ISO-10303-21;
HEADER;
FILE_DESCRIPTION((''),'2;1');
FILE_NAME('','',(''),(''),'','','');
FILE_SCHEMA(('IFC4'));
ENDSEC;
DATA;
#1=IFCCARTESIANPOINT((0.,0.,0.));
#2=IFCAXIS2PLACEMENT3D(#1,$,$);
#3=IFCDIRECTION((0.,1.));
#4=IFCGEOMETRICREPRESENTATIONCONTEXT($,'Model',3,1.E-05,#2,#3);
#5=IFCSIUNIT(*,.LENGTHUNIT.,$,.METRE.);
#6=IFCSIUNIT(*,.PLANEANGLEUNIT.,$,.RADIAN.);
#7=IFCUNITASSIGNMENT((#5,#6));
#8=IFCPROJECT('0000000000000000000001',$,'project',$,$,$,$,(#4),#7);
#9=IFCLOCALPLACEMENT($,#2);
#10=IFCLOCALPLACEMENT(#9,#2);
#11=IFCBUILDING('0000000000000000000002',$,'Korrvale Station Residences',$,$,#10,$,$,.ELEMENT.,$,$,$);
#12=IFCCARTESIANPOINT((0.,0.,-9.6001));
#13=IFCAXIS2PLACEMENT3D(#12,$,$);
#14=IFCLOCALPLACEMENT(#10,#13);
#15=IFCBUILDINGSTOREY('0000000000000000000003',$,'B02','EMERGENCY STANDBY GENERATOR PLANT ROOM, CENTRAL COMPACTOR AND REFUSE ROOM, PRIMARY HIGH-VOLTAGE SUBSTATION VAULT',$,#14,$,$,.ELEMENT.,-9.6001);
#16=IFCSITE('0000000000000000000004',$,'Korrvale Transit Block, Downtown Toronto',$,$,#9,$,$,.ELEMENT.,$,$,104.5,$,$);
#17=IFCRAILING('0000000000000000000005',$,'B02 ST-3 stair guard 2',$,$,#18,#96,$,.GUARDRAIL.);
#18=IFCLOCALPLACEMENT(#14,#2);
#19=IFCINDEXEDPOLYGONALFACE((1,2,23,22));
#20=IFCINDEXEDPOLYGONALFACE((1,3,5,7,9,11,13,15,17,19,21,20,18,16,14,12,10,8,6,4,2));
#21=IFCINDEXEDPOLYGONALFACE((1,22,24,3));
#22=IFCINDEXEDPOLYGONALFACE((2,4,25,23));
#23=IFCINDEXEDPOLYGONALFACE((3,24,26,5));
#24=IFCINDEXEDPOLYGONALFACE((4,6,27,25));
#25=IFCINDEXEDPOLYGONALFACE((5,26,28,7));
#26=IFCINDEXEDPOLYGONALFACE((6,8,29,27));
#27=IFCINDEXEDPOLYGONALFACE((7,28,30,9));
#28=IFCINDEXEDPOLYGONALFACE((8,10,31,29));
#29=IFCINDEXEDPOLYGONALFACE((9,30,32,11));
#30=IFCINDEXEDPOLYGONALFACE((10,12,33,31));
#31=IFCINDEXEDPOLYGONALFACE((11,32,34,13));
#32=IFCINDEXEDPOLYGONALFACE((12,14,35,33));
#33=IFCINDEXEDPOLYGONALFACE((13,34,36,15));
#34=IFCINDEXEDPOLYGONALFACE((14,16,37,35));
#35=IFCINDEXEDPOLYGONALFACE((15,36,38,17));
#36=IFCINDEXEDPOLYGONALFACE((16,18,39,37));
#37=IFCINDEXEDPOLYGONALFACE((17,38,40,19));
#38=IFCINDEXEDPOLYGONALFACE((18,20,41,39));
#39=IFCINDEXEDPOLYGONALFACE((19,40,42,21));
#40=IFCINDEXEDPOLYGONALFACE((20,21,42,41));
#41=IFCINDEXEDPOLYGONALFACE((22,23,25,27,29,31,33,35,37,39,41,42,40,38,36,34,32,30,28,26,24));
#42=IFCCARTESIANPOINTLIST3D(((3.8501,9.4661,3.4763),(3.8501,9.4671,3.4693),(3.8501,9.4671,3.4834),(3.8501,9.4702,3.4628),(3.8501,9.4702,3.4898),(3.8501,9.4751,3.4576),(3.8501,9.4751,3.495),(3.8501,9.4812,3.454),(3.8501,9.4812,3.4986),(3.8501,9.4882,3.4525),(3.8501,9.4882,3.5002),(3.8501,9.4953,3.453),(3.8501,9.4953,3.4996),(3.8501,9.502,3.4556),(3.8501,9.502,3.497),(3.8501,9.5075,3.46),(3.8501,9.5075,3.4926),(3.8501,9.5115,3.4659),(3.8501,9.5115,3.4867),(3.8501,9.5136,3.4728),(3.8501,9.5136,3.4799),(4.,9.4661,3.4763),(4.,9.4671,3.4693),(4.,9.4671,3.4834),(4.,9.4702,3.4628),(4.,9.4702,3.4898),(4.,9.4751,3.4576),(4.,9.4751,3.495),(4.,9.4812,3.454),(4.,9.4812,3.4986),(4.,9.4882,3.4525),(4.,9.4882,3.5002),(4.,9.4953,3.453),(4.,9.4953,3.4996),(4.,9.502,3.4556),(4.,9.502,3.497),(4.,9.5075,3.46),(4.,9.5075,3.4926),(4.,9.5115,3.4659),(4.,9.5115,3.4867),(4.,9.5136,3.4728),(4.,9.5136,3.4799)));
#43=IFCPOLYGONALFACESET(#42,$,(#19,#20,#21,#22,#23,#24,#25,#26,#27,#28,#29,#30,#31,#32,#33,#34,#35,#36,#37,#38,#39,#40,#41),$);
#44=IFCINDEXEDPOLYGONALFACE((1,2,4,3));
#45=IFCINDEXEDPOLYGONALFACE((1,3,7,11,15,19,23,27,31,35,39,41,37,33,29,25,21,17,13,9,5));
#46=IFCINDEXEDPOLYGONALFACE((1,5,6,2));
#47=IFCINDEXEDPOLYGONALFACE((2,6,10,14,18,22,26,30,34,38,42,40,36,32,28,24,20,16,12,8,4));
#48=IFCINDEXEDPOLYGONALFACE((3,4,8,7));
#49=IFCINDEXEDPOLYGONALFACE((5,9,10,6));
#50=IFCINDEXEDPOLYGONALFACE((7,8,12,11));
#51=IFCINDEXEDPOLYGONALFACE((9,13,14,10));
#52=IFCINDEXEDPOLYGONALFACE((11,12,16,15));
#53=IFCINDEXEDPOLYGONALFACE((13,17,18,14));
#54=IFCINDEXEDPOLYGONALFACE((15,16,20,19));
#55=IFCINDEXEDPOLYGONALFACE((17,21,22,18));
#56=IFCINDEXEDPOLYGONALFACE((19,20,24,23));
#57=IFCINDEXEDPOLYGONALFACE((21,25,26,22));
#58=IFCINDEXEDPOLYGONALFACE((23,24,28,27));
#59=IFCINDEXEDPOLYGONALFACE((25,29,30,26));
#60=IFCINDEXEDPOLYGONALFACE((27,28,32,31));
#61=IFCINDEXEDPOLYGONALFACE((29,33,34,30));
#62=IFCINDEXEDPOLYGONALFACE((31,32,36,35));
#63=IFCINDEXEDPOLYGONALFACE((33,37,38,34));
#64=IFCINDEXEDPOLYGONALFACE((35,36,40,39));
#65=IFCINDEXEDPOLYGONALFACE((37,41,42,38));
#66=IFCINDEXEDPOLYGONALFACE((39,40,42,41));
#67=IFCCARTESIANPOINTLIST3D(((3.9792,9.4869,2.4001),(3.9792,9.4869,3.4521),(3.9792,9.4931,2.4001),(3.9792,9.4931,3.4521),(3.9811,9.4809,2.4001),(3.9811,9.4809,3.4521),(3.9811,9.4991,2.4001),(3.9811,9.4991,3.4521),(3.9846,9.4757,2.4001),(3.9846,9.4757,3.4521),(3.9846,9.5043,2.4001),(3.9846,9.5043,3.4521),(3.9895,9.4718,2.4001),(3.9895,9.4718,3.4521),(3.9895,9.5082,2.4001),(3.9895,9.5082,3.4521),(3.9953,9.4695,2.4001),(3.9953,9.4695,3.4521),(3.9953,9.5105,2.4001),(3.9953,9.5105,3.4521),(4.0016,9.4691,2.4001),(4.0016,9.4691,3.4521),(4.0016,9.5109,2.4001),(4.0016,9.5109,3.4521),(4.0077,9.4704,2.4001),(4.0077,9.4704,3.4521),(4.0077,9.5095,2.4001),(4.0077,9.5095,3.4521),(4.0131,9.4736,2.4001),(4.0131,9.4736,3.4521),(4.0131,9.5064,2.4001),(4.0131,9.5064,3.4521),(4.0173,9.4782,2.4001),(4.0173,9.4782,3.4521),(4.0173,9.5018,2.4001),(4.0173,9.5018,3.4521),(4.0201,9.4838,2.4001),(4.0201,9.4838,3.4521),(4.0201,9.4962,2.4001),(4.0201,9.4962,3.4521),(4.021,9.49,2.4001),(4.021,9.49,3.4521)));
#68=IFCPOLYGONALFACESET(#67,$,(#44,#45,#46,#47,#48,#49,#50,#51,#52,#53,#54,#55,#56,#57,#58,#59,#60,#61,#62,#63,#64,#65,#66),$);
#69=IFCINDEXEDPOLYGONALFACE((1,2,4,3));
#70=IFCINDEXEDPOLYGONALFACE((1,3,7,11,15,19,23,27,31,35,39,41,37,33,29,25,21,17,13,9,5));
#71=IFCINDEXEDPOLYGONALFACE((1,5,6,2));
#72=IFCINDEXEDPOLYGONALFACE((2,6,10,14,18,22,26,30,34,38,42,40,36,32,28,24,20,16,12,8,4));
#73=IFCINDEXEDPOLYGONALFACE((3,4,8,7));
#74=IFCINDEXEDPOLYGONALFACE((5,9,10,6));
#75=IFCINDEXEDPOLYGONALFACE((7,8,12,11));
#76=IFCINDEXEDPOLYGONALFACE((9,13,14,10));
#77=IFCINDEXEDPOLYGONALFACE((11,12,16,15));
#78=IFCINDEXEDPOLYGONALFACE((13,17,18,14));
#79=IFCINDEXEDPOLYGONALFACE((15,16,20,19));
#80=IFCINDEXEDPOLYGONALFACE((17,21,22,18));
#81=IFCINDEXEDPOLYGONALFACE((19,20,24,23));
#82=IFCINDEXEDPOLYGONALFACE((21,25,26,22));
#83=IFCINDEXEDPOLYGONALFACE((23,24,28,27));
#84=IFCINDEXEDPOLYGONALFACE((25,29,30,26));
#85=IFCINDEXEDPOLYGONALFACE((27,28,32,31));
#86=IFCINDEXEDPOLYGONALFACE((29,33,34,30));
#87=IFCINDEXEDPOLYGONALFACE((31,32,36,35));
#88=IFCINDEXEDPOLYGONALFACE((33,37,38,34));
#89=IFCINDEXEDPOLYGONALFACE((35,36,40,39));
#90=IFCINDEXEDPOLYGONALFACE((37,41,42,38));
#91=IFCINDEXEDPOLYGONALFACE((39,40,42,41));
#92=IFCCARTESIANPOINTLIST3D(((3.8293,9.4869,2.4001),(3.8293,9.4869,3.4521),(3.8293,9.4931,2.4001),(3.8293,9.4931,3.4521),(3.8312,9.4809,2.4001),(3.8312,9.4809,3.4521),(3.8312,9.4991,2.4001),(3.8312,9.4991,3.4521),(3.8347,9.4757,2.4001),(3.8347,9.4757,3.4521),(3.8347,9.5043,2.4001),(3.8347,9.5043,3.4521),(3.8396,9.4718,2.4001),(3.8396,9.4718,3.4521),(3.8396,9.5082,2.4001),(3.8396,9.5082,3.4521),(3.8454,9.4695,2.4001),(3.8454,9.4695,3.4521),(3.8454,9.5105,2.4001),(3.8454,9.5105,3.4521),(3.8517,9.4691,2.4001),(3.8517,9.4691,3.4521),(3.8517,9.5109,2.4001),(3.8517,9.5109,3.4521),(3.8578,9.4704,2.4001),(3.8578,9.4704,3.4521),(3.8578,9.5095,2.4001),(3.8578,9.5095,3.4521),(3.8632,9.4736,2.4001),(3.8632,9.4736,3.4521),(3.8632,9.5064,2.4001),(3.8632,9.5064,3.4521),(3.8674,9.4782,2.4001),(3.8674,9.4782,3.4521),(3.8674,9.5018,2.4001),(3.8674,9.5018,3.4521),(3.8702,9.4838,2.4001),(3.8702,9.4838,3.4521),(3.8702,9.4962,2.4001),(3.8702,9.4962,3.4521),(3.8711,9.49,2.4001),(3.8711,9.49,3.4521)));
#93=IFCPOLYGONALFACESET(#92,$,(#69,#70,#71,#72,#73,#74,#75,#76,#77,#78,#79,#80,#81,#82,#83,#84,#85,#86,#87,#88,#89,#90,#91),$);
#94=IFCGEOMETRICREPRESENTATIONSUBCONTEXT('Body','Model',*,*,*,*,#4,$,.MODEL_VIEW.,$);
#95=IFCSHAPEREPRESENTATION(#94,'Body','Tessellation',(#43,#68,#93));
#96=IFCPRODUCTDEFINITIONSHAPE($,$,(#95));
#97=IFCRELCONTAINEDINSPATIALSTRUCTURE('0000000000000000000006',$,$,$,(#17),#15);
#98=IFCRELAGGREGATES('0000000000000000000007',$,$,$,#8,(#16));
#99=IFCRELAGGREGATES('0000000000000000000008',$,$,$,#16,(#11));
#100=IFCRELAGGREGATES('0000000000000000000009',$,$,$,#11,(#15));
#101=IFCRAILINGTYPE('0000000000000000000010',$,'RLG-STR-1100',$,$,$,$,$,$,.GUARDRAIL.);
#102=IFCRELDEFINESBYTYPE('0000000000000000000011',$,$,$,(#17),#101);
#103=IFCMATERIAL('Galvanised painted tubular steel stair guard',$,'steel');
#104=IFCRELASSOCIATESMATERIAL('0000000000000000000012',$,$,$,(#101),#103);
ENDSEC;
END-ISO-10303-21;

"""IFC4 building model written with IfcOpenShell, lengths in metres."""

from ifc_helpers import new_model, si_unit, direction, frame, origin, origin_2d, place, context, subcontext, project, spatial, circle, extrude, material, type_object, element, save


model = new_model("IFC4")

# Units and contexts
model_context = context("Model", 3, precision=1e-05, world=origin(), true_north=direction((0.0, 1.0)))
body_context = subcontext(model_context, "Body", "Model", "MODEL_VIEW")
ifc_project = project(units=[si_unit("LENGTHUNIT", "METRE"), si_unit("PLANEANGLEUNIT", "RADIAN")], contexts=[model_context])

# Site, building, storey
site_placement = place(None, origin())
site = spatial("IfcSite", under=ifc_project, at=site_placement, Name="Korrvale Transit Block, Downtown Toronto", CompositionType="ELEMENT", RefElevation=104.5)
building_placement = place(site_placement, origin())
building = spatial("IfcBuilding", under=site, at=building_placement, Name="Korrvale Station Residences", CompositionType="ELEMENT")
storey_placement = place(building_placement, frame((0.0, 0.0, -9.6001)))
storey = spatial("IfcBuildingStorey", under=building, at=storey_placement, Name="B02", Description="EMERGENCY STANDBY GENERATOR PLANT ROOM, CENTRAL COMPACTOR AND REFUSE ROOM, PRIMARY HIGH-VOLTAGE SUBSTATION VAULT", CompositionType="ELEMENT", Elevation=-9.6001)

# Railing
ifc_material_1 = material(Name="Galvanised painted tubular steel stair guard", Category="steel")
railing_type_1 = type_object("IfcRailingType", Name="RLG-STR-1100", PredefinedType="GUARDRAIL", material=ifc_material_1)
railing_1_placement = place(storey_placement, frame((4.0, 9.49, 2.4001)))
element("IfcRailing", 1, at=railing_1_placement, inside=storey, type_object=railing_type_1, Name="B02 ST-3 stair guard 2", PredefinedType="GUARDRAIL", context=body_context, shape_type="SweptSolid", body=[
    extrude(circle(Radius=0.0239, at=origin_2d()), frame((0.0, 0.0, 1.0762), z_axis=(-1.0, 0.0, 0.0), x_axis=(0.0, -1.0, 0.0)), (0.0, 0.0, 1.0), 0.1499),
    extrude(circle(Radius=0.021, at=origin_2d()), origin(), (0.0, 0.0, 1.0), 1.052),
    extrude(circle(Radius=0.021, at=origin_2d()), frame((-0.1499, 0.0, 0.0)), (0.0, 0.0, 1.0), 1.052),
])

save(model, "model.ifc")
